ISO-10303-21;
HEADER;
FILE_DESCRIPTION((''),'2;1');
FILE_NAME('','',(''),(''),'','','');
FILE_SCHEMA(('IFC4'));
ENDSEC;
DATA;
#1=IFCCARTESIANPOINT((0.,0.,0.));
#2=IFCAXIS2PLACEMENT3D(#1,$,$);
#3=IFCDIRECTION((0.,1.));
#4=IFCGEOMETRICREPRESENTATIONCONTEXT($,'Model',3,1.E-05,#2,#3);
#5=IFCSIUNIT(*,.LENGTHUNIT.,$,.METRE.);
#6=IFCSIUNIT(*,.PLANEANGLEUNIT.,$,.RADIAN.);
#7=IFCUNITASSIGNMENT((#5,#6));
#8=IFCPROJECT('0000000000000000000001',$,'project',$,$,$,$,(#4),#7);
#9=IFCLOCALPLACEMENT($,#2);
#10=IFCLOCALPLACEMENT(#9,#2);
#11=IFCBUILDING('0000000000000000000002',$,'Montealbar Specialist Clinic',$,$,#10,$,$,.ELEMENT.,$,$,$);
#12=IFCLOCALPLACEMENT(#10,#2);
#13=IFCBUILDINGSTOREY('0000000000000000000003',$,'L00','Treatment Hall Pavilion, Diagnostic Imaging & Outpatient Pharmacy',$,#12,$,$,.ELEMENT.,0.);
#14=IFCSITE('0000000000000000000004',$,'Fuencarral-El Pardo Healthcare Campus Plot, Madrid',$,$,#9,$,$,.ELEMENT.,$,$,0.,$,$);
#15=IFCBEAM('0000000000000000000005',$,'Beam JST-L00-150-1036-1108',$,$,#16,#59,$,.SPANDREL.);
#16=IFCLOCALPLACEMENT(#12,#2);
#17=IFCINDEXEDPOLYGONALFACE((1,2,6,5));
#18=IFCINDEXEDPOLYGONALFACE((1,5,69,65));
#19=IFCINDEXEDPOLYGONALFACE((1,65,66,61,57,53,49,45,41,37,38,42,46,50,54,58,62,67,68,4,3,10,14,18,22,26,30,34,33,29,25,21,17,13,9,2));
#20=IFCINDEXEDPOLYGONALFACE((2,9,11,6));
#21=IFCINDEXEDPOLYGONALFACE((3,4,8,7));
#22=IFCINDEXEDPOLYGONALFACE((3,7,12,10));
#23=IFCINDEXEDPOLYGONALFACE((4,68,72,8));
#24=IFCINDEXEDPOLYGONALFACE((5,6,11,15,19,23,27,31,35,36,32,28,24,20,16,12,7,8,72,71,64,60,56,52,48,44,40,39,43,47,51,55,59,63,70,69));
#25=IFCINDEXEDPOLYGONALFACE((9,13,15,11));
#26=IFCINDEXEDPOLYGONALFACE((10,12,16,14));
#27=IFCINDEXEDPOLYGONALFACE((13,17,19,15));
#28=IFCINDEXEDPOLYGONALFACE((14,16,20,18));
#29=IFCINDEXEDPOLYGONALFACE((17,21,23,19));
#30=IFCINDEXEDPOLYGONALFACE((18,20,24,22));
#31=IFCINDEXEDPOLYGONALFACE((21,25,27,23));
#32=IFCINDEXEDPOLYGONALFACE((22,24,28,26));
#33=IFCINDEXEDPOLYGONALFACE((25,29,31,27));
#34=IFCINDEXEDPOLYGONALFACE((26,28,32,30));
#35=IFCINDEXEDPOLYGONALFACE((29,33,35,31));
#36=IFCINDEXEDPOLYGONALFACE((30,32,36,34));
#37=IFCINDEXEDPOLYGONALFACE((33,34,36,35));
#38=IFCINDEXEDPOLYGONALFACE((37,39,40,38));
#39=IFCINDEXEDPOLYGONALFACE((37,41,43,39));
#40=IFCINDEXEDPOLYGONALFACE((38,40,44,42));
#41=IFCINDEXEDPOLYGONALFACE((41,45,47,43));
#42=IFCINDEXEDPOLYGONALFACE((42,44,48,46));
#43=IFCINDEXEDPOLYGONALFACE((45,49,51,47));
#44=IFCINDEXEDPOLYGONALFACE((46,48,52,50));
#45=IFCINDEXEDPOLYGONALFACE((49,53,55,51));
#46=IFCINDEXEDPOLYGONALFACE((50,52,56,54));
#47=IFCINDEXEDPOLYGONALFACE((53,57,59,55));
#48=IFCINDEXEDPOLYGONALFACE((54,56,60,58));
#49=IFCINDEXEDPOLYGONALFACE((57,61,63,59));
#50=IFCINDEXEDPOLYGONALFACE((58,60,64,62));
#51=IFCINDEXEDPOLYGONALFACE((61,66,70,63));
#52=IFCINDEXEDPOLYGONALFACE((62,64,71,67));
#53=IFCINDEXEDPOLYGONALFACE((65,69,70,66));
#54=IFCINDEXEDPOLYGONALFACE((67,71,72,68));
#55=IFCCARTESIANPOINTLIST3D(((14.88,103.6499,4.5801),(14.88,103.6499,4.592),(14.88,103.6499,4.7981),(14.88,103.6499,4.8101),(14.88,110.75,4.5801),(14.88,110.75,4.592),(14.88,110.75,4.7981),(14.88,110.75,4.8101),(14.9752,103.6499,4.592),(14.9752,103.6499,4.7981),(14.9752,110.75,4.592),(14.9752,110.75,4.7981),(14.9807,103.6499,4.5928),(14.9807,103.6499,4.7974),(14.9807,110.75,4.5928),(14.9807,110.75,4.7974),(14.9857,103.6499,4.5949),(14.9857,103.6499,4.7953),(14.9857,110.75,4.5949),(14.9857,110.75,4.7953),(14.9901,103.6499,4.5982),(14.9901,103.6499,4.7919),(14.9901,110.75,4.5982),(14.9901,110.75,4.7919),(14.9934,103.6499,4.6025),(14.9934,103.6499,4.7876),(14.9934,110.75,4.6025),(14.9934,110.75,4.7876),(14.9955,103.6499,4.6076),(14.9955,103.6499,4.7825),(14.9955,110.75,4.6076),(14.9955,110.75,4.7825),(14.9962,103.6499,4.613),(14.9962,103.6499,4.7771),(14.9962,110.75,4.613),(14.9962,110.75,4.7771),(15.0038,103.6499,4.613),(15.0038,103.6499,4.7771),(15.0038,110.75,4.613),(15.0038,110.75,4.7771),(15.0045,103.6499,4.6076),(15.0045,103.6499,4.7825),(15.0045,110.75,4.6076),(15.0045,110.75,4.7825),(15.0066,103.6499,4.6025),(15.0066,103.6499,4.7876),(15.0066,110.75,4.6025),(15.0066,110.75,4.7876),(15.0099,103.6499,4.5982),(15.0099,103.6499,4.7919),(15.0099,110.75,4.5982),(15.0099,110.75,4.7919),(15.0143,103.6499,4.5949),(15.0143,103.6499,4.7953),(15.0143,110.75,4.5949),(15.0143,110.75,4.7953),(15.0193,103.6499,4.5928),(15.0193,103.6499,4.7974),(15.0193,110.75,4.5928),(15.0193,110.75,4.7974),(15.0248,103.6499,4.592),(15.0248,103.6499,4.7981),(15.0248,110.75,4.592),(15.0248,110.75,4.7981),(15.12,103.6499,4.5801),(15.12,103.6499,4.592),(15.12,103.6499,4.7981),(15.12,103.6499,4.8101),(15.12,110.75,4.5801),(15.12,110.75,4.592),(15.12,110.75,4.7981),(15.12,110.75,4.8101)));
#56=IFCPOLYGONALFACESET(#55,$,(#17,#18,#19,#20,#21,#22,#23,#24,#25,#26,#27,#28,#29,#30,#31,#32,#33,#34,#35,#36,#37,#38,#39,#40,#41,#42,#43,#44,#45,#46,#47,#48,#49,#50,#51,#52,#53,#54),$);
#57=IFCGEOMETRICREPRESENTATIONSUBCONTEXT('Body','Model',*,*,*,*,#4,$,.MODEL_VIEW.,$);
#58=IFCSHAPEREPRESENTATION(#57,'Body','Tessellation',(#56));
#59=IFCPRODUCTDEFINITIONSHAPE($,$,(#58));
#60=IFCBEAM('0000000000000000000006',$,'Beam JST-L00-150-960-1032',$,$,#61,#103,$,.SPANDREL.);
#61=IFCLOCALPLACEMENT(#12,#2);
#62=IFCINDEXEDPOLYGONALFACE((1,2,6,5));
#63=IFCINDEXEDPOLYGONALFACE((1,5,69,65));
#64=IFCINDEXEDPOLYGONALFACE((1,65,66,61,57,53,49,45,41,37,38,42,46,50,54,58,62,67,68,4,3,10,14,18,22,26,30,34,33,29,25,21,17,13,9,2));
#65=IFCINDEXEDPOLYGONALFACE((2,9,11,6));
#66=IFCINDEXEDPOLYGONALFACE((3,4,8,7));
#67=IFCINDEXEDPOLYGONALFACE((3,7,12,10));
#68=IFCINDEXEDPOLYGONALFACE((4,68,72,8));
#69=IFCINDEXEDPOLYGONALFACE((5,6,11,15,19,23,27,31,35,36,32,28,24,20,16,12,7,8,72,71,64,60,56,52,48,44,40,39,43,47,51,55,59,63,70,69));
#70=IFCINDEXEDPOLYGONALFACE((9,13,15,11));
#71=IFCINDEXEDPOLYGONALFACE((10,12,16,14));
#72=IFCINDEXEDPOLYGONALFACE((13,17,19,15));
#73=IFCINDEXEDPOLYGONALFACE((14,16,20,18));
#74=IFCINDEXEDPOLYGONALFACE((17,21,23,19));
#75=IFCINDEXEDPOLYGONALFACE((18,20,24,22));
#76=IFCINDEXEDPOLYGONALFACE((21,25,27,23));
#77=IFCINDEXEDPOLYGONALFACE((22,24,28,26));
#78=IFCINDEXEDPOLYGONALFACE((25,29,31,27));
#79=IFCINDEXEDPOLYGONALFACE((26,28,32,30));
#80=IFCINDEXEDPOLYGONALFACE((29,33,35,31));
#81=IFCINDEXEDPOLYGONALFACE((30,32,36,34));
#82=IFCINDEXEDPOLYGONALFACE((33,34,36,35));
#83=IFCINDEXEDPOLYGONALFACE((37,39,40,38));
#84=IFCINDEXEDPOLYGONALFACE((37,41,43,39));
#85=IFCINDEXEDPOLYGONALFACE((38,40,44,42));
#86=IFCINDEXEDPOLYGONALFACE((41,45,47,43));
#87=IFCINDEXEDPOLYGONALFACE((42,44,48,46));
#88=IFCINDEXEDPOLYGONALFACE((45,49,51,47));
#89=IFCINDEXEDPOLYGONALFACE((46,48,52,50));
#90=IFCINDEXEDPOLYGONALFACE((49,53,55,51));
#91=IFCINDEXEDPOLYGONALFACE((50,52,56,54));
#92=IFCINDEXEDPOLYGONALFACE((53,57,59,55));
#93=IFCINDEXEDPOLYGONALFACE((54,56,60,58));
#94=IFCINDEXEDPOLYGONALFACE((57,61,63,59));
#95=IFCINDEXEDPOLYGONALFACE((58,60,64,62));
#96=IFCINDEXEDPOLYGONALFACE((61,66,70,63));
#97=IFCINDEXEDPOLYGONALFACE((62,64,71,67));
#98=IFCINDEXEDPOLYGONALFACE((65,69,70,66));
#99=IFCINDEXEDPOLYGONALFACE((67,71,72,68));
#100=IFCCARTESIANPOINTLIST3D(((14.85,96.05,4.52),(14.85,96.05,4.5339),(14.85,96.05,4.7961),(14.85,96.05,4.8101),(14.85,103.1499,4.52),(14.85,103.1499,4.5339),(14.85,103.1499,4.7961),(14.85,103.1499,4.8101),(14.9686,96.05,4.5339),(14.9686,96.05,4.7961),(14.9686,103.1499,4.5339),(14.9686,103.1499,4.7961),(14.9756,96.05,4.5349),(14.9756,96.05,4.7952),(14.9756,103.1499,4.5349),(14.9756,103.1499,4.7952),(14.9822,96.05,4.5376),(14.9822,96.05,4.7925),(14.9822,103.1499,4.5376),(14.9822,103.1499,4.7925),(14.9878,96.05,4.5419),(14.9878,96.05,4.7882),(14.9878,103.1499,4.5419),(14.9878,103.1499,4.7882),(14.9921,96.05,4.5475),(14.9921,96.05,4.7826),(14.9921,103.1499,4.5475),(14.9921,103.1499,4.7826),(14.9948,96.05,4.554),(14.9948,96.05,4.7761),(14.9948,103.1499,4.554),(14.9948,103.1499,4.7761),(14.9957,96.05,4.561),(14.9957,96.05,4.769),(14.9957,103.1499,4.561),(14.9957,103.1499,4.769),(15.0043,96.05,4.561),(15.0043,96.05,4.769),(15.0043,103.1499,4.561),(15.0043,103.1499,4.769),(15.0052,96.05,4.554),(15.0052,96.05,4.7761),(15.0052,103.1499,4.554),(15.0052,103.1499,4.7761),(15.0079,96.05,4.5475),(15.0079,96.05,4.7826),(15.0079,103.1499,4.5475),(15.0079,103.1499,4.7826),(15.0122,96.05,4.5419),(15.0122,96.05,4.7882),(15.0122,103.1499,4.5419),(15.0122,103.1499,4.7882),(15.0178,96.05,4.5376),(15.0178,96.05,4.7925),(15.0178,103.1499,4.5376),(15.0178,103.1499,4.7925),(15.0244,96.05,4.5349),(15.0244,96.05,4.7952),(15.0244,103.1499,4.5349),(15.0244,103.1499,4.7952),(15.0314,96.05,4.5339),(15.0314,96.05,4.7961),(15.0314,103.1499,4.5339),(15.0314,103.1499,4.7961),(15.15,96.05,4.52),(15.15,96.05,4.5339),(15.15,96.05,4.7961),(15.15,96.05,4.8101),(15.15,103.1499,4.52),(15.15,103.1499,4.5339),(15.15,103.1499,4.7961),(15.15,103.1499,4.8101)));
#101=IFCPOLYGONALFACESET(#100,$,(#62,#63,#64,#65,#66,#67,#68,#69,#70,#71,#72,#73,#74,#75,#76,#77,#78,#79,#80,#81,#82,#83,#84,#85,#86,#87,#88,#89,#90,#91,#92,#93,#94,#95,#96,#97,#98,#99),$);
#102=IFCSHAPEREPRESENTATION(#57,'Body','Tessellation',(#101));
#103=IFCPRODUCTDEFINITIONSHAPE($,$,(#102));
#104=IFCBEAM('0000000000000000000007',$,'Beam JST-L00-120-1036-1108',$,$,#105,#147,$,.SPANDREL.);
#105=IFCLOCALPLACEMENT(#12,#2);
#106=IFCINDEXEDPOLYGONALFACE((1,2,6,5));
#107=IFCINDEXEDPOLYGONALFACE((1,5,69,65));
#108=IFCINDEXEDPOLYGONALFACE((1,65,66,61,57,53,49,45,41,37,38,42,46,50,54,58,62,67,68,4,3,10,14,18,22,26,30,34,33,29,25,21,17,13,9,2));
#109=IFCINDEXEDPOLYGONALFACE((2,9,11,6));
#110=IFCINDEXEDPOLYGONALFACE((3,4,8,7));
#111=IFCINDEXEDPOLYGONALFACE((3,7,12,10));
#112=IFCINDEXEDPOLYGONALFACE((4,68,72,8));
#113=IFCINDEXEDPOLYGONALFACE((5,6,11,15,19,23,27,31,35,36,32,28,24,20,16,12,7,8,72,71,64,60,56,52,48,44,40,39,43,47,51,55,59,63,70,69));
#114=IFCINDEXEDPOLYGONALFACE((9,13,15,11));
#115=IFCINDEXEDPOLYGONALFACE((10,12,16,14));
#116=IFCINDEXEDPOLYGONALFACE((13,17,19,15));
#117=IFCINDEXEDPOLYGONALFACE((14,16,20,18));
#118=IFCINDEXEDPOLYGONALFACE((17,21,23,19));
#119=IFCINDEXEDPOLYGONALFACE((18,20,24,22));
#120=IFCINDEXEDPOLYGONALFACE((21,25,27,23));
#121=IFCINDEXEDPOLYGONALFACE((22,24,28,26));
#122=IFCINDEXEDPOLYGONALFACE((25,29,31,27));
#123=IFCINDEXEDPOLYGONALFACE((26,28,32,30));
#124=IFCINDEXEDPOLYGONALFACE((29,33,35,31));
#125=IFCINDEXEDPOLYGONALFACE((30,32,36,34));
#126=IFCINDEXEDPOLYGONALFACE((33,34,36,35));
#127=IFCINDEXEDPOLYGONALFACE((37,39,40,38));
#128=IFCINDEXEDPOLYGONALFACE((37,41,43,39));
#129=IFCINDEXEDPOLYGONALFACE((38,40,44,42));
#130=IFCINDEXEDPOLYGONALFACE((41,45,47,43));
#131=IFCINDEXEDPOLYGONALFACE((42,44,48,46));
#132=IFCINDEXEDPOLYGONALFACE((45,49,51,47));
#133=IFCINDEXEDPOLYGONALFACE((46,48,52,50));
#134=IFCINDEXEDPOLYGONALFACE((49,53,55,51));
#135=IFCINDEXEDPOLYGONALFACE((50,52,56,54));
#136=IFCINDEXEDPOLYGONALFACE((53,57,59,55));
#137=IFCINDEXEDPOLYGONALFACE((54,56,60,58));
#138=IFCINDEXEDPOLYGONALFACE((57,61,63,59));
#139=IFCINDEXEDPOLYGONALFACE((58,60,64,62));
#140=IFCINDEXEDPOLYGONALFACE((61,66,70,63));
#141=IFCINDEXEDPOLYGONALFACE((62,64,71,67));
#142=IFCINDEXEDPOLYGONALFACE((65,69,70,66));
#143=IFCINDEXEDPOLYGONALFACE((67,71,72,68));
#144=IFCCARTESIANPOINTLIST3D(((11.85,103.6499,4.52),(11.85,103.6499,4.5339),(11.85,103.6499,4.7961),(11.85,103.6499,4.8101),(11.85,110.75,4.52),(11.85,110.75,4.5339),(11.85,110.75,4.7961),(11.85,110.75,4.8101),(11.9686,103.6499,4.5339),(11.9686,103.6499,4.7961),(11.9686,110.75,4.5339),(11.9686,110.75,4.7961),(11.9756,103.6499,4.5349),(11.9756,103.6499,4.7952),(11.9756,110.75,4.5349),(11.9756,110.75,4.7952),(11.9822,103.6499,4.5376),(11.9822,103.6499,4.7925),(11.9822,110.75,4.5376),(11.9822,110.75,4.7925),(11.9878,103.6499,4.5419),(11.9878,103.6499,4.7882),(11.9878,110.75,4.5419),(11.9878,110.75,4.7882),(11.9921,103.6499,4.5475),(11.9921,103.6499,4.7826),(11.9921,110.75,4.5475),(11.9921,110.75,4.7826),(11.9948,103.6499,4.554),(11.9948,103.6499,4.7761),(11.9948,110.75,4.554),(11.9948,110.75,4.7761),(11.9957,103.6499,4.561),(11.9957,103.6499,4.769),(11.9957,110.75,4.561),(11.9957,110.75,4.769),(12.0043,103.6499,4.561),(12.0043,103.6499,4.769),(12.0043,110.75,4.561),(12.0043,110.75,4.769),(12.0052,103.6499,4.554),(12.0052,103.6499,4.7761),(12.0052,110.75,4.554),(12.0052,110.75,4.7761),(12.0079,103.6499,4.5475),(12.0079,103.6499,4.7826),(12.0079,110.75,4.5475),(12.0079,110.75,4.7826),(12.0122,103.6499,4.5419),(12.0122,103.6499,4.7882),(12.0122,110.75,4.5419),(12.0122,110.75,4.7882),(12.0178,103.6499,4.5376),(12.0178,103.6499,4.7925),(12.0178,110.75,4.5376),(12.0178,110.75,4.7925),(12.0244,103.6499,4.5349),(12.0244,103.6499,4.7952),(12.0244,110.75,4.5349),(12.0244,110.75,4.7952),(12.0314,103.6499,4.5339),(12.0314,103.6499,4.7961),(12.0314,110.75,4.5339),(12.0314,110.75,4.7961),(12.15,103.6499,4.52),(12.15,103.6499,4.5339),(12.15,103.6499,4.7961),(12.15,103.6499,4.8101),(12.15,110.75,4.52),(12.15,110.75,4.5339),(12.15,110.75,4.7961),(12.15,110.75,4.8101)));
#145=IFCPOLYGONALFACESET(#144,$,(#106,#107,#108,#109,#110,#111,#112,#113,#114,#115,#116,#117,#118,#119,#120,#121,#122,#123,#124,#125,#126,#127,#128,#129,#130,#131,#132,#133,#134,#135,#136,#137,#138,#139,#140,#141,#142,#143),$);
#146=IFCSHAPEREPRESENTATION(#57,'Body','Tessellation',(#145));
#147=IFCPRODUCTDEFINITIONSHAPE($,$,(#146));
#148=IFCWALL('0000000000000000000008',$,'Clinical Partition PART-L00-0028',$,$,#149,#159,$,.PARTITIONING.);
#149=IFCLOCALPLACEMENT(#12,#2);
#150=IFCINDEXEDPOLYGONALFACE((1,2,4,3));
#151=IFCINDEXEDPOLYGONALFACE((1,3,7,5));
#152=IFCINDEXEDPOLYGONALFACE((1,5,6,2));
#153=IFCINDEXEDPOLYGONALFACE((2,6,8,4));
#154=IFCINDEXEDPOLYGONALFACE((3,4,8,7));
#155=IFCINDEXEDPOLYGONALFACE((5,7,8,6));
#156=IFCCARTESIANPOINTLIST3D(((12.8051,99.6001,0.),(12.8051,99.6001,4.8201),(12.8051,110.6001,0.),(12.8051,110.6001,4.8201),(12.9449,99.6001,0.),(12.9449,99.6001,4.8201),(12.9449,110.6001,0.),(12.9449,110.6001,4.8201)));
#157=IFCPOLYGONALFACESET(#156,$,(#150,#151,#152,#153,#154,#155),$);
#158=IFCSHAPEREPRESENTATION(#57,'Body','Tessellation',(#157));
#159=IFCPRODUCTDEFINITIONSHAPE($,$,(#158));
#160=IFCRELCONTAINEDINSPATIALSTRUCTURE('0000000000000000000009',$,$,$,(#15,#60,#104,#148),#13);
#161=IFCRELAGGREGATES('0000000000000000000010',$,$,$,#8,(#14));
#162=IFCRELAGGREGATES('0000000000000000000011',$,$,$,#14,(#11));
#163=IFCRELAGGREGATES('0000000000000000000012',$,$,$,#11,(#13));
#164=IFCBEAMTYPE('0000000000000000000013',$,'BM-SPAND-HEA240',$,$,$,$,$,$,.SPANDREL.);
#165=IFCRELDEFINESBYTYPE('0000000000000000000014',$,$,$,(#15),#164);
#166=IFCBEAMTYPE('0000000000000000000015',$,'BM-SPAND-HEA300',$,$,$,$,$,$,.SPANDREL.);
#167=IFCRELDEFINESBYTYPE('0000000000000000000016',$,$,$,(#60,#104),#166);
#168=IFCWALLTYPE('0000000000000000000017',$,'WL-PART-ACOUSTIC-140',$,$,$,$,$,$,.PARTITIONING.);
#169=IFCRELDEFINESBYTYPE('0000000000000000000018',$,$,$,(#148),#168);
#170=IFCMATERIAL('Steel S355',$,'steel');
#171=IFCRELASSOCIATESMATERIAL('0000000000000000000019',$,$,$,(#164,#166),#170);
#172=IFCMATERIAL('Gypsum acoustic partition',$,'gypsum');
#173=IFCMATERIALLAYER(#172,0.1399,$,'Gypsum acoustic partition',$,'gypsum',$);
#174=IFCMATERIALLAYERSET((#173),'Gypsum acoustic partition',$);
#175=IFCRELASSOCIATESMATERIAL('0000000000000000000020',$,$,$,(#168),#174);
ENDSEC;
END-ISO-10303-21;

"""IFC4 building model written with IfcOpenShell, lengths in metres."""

from ifc_helpers import new_model, si_unit, direction, frame, frame_2d, origin, origin_2d, place, context, subcontext, project, spatial, rectangle, i_section, extrude, material, layer, layer_set, material_profile, profile_set, type_object, element, save


model = new_model("IFC4")

# Units and contexts
model_context = context("Model", 3, precision=1e-05, world=origin(), true_north=direction((0.0, 1.0)))
body_context = subcontext(model_context, "Body", "Model", "MODEL_VIEW")
ifc_project = project(units=[si_unit("LENGTHUNIT", "METRE"), si_unit("PLANEANGLEUNIT", "RADIAN")], contexts=[model_context])

# Site, building, storey
site_placement = place(None, origin())
site = spatial("IfcSite", under=ifc_project, at=site_placement, Name="Fuencarral-El Pardo Healthcare Campus Plot, Madrid", CompositionType="ELEMENT", RefElevation=0.0)
building_placement = place(site_placement, origin())
building = spatial("IfcBuilding", under=site, at=building_placement, Name="Montealbar Specialist Clinic", CompositionType="ELEMENT")
storey_placement = place(building_placement, origin())
storey = spatial("IfcBuildingStorey", under=building, at=storey_placement, Name="L00", Description="Treatment Hall Pavilion, Diagnostic Imaging & Outpatient Pharmacy", CompositionType="ELEMENT", Elevation=0.0)

# Beams
ifc_material_1 = material(Name="Steel S355", Category="steel")
ifc_material_profile_1 = material_profile(ifc_material_1, i_section(OverallWidth=0.24, OverallDepth=0.23, WebThickness=0.0076, FlangeThickness=0.012, FilletRadius=0.021, at=origin_2d()), Name="HEA 240", Category="steel")
ifc_profile_set_1 = profile_set([ifc_material_profile_1], Name="Steel S355")
beam_type_1 = type_object("IfcBeamType", Name="BM-SPAND-HEA240", PredefinedType="SPANDREL", material=ifc_profile_set_1)
beam_1_placement = place(storey_placement, frame((15.0, 103.6499, 4.6951), z_axis=(0.0, 1.0, 0.0), x_axis=(-1.0, 0.0, 0.0)))
element("IfcBeam", 1, at=beam_1_placement, inside=storey, type_object=beam_type_1, Name="Beam JST-L00-150-1036-1108", PredefinedType="SPANDREL", context=body_context, shape_type="SweptSolid", body=[
    extrude(i_section(OverallWidth=0.24, OverallDepth=0.23, WebThickness=0.0076, FlangeThickness=0.012, FilletRadius=0.021, at=origin_2d()), origin(), (0.0, 0.0, 1.0), 7.1001),
])
ifc_material_profile_2 = material_profile(ifc_material_1, i_section(OverallWidth=0.3, OverallDepth=0.29, WebThickness=0.0085, FlangeThickness=0.0139, FilletRadius=0.0271, at=origin_2d()), Name="HEA 300", Category="steel")
ifc_profile_set_2 = profile_set([ifc_material_profile_2], Name="Steel S355")
beam_type_2 = type_object("IfcBeamType", Name="BM-SPAND-HEA300", PredefinedType="SPANDREL", material=ifc_profile_set_2)
beam_2_placement = place(storey_placement, frame((15.0, 96.05, 4.665), z_axis=(0.0, 1.0, 0.0), x_axis=(-1.0, 0.0, 0.0)))
element("IfcBeam", 2, at=beam_2_placement, inside=storey, type_object=beam_type_2, Name="Beam JST-L00-150-960-1032", PredefinedType="SPANDREL", context=body_context, shape_type="SweptSolid", body=[
    extrude(i_section(OverallWidth=0.3, OverallDepth=0.29, WebThickness=0.0085, FlangeThickness=0.0139, FilletRadius=0.0271, at=origin_2d()), origin(), (0.0, 0.0, 1.0), 7.0999),
])
beam_3_placement = place(storey_placement, frame((12.0, 103.6499, 4.665), z_axis=(0.0, 1.0, 0.0), x_axis=(-1.0, 0.0, 0.0)))
element("IfcBeam", 3, at=beam_3_placement, inside=storey, type_object=beam_type_2, Name="Beam JST-L00-120-1036-1108", PredefinedType="SPANDREL", context=body_context, shape_type="SweptSolid", body=[
    extrude(i_section(OverallWidth=0.3, OverallDepth=0.29, WebThickness=0.0085, FlangeThickness=0.0139, FilletRadius=0.0271, at=origin_2d()), origin(), (0.0, 0.0, 1.0), 7.1001),
])

# Wall
ifc_material_2 = material(Name="Gypsum acoustic partition", Category="gypsum")
ifc_layer_1 = layer(ifc_material_2, 0.1399, Name="Gypsum acoustic partition", Category="gypsum")
ifc_layer_set_1 = layer_set([ifc_layer_1], Name="Gypsum acoustic partition")
wall_type_1 = type_object("IfcWallType", Name="WL-PART-ACOUSTIC-140", PredefinedType="PARTITIONING", material=ifc_layer_set_1)
wall_1_placement = place(storey_placement, frame((12.875, 99.6001, 0.0), z_axis=(0.0, 0.0, 1.0), x_axis=(0.0, 1.0, 0.0)))
element("IfcWall", 4, at=wall_1_placement, inside=storey, type_object=wall_type_1, Name="Clinical Partition PART-L00-0028", PredefinedType="PARTITIONING", context=body_context, shape_type="SweptSolid", body=[
    extrude(rectangle(XDim=11.0, YDim=0.1399, at=frame_2d((5.5, 0.0))), origin(), (0.0, 0.0, 1.0), 4.8201),
])

save(model, "model.ifc")
